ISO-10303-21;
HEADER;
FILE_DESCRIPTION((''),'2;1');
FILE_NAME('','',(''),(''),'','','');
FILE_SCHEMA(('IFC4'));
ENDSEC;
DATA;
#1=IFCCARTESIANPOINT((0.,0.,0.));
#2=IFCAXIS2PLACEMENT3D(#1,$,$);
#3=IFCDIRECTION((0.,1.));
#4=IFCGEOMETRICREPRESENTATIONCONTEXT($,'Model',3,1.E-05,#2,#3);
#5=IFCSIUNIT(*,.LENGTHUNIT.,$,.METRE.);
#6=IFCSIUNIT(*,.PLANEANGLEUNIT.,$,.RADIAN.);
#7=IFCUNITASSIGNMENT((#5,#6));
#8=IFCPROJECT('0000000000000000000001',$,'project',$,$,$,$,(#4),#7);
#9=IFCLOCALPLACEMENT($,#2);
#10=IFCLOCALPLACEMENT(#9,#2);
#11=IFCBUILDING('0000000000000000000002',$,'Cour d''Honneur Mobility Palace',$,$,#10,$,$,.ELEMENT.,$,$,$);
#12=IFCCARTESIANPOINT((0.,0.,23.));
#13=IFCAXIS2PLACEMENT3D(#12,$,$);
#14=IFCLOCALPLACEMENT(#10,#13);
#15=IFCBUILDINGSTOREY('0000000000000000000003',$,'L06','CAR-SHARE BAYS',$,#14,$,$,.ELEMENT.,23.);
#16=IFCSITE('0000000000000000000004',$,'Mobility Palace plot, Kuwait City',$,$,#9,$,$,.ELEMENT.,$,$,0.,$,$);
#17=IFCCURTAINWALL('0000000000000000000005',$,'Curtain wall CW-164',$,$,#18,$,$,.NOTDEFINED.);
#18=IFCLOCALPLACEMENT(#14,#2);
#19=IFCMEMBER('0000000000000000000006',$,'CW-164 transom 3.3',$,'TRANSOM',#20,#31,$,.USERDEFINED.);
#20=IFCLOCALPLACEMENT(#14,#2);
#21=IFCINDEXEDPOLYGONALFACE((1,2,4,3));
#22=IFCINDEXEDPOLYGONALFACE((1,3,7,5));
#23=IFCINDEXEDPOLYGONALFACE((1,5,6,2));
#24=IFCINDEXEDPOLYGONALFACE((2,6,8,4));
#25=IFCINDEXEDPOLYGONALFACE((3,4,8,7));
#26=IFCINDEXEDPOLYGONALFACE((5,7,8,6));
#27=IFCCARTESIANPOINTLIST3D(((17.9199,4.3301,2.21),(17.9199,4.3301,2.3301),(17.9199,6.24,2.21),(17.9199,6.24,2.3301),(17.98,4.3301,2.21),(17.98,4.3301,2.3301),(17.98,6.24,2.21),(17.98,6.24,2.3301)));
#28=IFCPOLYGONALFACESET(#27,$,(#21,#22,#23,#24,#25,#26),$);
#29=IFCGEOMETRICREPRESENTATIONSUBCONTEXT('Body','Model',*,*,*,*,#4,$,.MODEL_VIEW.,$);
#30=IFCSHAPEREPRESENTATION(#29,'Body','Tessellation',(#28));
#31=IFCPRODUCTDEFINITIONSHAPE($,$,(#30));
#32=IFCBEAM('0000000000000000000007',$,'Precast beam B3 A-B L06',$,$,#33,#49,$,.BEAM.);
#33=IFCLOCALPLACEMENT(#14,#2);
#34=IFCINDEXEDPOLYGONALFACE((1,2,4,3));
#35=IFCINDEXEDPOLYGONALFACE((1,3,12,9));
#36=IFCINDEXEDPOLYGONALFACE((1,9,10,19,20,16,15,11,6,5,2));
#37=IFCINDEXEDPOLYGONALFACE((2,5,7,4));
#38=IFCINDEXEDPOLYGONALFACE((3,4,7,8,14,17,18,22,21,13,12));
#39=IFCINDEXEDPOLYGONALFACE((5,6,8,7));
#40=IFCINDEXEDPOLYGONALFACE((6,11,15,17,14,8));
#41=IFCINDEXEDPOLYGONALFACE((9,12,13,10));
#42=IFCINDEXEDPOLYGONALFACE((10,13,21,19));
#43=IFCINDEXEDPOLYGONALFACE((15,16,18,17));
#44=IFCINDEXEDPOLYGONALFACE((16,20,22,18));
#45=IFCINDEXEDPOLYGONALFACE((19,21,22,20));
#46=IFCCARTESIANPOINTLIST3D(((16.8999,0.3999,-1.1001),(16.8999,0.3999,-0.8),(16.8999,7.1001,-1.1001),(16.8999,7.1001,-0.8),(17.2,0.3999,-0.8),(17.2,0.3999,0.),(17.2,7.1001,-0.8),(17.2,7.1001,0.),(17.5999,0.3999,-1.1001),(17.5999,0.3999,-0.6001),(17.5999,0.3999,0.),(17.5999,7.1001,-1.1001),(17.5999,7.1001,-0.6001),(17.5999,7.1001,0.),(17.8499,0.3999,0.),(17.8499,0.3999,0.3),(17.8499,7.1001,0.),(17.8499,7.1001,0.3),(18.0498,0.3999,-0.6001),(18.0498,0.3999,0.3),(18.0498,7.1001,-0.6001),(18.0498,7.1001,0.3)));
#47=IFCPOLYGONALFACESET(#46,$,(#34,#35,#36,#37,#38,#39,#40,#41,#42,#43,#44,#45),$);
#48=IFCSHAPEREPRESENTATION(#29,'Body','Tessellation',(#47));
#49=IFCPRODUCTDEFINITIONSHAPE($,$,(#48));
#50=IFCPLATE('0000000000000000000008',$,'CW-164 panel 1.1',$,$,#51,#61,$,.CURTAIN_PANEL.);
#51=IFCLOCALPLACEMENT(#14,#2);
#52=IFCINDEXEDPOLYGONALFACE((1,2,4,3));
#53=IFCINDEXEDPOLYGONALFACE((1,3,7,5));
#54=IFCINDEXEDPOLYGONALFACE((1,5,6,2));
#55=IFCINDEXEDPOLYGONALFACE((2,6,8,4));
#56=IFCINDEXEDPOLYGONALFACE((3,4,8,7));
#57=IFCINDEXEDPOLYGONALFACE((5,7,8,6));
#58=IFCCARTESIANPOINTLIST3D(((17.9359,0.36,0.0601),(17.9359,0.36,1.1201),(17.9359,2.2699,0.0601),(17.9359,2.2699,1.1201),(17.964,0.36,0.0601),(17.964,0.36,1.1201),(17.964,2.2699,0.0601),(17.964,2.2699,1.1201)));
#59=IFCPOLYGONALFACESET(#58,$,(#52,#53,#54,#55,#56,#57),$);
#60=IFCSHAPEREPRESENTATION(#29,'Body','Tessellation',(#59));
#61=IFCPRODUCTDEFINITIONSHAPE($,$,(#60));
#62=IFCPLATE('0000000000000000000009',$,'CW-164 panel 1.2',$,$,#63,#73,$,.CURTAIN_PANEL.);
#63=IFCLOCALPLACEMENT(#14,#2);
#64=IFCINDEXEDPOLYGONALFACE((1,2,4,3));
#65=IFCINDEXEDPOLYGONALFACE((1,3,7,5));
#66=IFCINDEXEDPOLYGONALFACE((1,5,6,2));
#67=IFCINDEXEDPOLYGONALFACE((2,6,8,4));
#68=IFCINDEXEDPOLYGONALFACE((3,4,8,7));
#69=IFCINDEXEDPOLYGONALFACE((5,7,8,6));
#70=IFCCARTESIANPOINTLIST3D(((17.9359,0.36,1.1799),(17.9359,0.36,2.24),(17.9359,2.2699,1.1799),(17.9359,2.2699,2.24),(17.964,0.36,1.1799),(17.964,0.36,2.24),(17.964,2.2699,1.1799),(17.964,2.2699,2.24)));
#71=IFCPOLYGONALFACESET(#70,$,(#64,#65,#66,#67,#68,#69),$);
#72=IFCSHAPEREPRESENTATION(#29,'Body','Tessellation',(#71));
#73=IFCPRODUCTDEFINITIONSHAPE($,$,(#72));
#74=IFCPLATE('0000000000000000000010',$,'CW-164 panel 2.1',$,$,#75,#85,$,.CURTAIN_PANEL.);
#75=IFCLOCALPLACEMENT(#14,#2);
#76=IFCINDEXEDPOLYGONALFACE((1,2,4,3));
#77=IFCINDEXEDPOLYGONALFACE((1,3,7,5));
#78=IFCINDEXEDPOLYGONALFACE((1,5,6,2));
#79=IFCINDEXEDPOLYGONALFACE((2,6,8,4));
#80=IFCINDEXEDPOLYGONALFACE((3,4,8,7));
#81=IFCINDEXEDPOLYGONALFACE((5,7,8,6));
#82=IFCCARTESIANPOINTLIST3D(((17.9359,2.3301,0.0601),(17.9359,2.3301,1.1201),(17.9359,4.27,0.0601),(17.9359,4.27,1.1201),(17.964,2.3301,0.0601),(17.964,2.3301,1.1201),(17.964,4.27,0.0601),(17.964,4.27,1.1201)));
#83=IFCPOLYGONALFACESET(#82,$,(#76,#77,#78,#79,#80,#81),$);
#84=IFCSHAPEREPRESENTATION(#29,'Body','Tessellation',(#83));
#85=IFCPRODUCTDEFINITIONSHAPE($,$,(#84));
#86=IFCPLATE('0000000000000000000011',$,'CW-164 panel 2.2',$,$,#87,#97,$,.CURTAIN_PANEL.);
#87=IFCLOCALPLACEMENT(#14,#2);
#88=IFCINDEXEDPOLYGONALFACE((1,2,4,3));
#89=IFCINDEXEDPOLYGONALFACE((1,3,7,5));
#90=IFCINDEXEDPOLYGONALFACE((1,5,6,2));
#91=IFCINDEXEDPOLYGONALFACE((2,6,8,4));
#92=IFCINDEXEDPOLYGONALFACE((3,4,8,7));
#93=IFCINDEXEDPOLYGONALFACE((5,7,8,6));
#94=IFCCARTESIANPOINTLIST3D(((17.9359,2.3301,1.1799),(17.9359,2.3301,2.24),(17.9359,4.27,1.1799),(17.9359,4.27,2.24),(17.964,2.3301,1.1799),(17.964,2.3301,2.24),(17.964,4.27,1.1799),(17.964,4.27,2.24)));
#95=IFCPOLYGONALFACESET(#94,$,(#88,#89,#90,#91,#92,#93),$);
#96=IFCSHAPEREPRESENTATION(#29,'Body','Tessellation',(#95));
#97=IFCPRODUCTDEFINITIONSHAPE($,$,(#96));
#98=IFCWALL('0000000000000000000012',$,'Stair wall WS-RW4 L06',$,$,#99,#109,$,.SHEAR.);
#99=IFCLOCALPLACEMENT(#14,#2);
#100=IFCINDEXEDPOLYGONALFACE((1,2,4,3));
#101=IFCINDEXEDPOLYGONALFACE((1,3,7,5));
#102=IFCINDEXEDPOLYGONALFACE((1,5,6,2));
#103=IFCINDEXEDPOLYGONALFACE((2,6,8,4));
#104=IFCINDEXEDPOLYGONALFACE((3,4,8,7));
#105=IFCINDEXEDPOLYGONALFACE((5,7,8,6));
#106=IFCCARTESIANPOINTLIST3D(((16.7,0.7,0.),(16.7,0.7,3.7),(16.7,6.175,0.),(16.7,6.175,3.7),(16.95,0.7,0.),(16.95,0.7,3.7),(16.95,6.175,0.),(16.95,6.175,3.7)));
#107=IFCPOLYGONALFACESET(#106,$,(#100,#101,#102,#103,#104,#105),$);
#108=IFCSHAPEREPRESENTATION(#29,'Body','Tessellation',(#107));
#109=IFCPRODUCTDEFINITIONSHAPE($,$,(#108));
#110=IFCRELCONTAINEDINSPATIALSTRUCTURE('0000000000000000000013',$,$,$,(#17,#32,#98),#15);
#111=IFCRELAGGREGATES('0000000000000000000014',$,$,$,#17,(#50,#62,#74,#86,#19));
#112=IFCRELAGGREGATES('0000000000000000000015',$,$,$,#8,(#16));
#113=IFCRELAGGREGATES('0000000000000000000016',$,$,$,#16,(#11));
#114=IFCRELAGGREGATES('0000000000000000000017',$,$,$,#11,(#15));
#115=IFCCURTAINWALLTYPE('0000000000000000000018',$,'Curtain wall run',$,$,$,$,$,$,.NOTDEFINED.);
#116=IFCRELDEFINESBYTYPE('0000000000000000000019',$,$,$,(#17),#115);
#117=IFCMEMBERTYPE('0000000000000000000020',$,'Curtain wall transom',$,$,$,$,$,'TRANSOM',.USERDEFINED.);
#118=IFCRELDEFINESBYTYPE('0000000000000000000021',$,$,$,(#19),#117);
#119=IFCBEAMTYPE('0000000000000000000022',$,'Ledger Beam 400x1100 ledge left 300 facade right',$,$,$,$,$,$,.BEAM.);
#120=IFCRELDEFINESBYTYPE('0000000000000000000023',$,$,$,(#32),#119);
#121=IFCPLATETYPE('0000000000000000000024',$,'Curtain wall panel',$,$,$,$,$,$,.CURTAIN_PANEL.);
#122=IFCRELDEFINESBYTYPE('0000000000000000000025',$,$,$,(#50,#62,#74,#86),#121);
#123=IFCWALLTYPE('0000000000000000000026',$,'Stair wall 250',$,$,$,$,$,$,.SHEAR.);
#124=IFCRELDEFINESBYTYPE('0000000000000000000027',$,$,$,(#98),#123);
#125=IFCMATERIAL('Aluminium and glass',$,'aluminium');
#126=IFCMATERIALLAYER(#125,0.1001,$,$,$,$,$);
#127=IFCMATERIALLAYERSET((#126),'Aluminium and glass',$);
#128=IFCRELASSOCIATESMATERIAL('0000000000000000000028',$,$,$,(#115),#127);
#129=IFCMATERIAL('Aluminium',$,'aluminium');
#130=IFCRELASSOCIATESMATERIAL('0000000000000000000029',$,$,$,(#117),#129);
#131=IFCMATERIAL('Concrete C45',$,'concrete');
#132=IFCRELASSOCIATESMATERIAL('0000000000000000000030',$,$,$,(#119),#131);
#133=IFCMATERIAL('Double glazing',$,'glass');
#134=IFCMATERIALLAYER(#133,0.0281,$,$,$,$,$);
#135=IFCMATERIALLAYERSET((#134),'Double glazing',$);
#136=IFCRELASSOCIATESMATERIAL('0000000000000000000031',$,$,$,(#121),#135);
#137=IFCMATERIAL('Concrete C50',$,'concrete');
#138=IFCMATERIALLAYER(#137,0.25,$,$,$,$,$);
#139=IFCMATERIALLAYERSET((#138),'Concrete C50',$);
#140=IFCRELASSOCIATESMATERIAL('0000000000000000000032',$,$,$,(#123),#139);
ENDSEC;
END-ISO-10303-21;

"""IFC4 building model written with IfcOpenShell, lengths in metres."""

from ifc_helpers import new_model, si_unit, direction, frame, frame_2d, origin, origin_2d, place, context, subcontext, project, spatial, polyline, rectangle, outline, extrude, material, layer, layer_set, material_profile, profile_set, type_object, element, aggregate, save


model = new_model("IFC4")

# Units and contexts
model_context = context("Model", 3, precision=1e-05, world=origin(), true_north=direction((0.0, 1.0)))
body_context = subcontext(model_context, "Body", "Model", "MODEL_VIEW")
ifc_project = project(units=[si_unit("LENGTHUNIT", "METRE"), si_unit("PLANEANGLEUNIT", "RADIAN")], contexts=[model_context])

# Site, building, storey
site_placement = place(None, origin())
site = spatial("IfcSite", under=ifc_project, at=site_placement, Name="Mobility Palace plot, Kuwait City", CompositionType="ELEMENT", RefElevation=0.0)
building_placement = place(site_placement, origin())
building = spatial("IfcBuilding", under=site, at=building_placement, Name="Cour d'Honneur Mobility Palace", CompositionType="ELEMENT")
storey_placement = place(building_placement, frame((0.0, 0.0, 23.0)))
storey = spatial("IfcBuildingStorey", under=building, at=storey_placement, Name="L06", Description="CAR-SHARE BAYS", CompositionType="ELEMENT", Elevation=23.0)

# Shared definitions
ifc_material_1 = material(Name="Aluminium and glass", Category="aluminium")
ifc_layer_1 = layer(ifc_material_1, 0.1001)
ifc_layer_set_1 = layer_set([ifc_layer_1], Name="Aluminium and glass")
curtain_wall_type = type_object("IfcCurtainWallType", Name="Curtain wall run", PredefinedType="NOTDEFINED", material=ifc_layer_set_1)

# Curtain wall, member
curtain_wall_1_placement = place(storey_placement, origin())
curtain_wall_1 = element("IfcCurtainWall", 1, at=curtain_wall_1_placement, inside=storey, type_object=curtain_wall_type, Name="Curtain wall CW-164", PredefinedType="NOTDEFINED")
ifc_material_2 = material(Name="Aluminium", Category="aluminium")
ifc_material_profile_1 = material_profile(ifc_material_2, rectangle(XDim=0.0601, YDim=0.1201, at=origin_2d()), Name="Curtain wall transom")
ifc_profile_set_1 = profile_set([ifc_material_profile_1], Name="Aluminium")
member_type_1 = type_object("IfcMemberType", Name="Curtain wall transom", ElementType="TRANSOM", PredefinedType="USERDEFINED", material=ifc_profile_set_1)
member_1_placement = place(storey_placement, frame((17.95, 4.3301, 2.27), z_axis=(0.0, 1.0, 0.0), x_axis=(-1.0, 0.0, 0.0)))
member_1 = element("IfcMember", 2, at=member_1_placement, type_object=member_type_1, Name="CW-164 transom 3.3", ObjectType="TRANSOM", PredefinedType="USERDEFINED", context=body_context, shape_type="SweptSolid", body=[
    extrude(rectangle(XDim=0.0601, YDim=0.1201, at=origin_2d()), origin(), (0.0, 0.0, 1.0), 1.9099),
])

# Beam
ifc_material_3 = material(Name="Concrete C45", Category="concrete")
ifc_material_profile_2 = material_profile(ifc_material_3, outline(polyline([(0.5, -1.1001), (0.5, -0.8), (0.2, -0.8), (0.2, 0.0), (-0.2, 0.0), (-0.45, 0.0), (-0.45, 0.3), (-0.6499, 0.3), (-0.6499, -0.6001), (-0.2, -0.6001), (-0.2, -1.1001), (0.5, -1.1001)])), Name="Ledger Beam 400x1100 ledge left 300 facade right")
ifc_profile_set_2 = profile_set([ifc_material_profile_2], Name="Concrete C45")
beam_type = type_object("IfcBeamType", Name="Ledger Beam 400x1100 ledge left 300 facade right", PredefinedType="BEAM", material=ifc_profile_set_2)
beam_placement = place(storey_placement, frame((17.3999, 0.3999, 0.0), z_axis=(0.0, 1.0, 0.0), x_axis=(-1.0, 0.0, 0.0)))
element("IfcBeam", 3, at=beam_placement, inside=storey, type_object=beam_type, Name="Precast beam B3 A-B L06", PredefinedType="BEAM", context=body_context, shape_type="SweptSolid", body=[
    extrude(outline(polyline([(0.5, -1.1001), (0.5, -0.8), (0.2, -0.8), (0.2, 0.0), (-0.2, 0.0), (-0.45, 0.0), (-0.45, 0.3), (-0.6499, 0.3), (-0.6499, -0.6001), (-0.2, -0.6001), (-0.2, -1.1001), (0.5, -1.1001)])), origin(), (0.0, 0.0, 1.0), 6.7002),
])

# Plates
ifc_material_4 = material(Name="Double glazing", Category="glass")
ifc_layer_2 = layer(ifc_material_4, 0.0281)
ifc_layer_set_2 = layer_set([ifc_layer_2], Name="Double glazing")
plate_type = type_object("IfcPlateType", Name="Curtain wall panel", PredefinedType="CURTAIN_PANEL", material=ifc_layer_set_2)
plate_1_placement = place(storey_placement, frame((17.95, 1.3149, 0.0601), z_axis=(0.0, 0.0, 1.0), x_axis=(0.0, 1.0, 0.0)))
plate_1 = element("IfcPlate", 4, at=plate_1_placement, type_object=plate_type, Name="CW-164 panel 1.1", PredefinedType="CURTAIN_PANEL", context=body_context, shape_type="SweptSolid", body=[
    extrude(rectangle(XDim=1.9099, YDim=0.0281, at=origin_2d()), origin(), (0.0, 0.0, 1.0), 1.0601),
])
plate_2_placement = place(storey_placement, frame((17.95, 1.3149, 1.1799), z_axis=(0.0, 0.0, 1.0), x_axis=(0.0, 1.0, 0.0)))
plate_2 = element("IfcPlate", 5, at=plate_2_placement, type_object=plate_type, Name="CW-164 panel 1.2", PredefinedType="CURTAIN_PANEL", context=body_context, shape_type="SweptSolid", body=[
    extrude(rectangle(XDim=1.9099, YDim=0.0281, at=origin_2d()), origin(), (0.0, 0.0, 1.0), 1.0601),
])
plate_3_placement = place(storey_placement, frame((17.95, 3.3, 0.0601), z_axis=(0.0, 0.0, 1.0), x_axis=(0.0, 1.0, 0.0)))
plate_3 = element("IfcPlate", 6, at=plate_3_placement, type_object=plate_type, Name="CW-164 panel 2.1", PredefinedType="CURTAIN_PANEL", context=body_context, shape_type="SweptSolid", body=[
    extrude(rectangle(XDim=1.9399, YDim=0.0281, at=origin_2d()), origin(), (0.0, 0.0, 1.0), 1.0601),
])
plate_4_placement = place(storey_placement, frame((17.95, 3.3, 1.1799), z_axis=(0.0, 0.0, 1.0), x_axis=(0.0, 1.0, 0.0)))
plate_4 = element("IfcPlate", 7, at=plate_4_placement, type_object=plate_type, Name="CW-164 panel 2.2", PredefinedType="CURTAIN_PANEL", context=body_context, shape_type="SweptSolid", body=[
    extrude(rectangle(XDim=1.9399, YDim=0.0281, at=origin_2d()), origin(), (0.0, 0.0, 1.0), 1.0601),
])
aggregate(curtain_wall_1, [plate_1, plate_2, plate_3, plate_4, member_1])

# Wall
ifc_material_5 = material(Name="Concrete C50", Category="concrete")
ifc_layer_3 = layer(ifc_material_5, 0.25)
ifc_layer_set_3 = layer_set([ifc_layer_3], Name="Concrete C50")
wall_type = type_object("IfcWallType", Name="Stair wall 250", PredefinedType="SHEAR", material=ifc_layer_set_3)
wall_placement = place(storey_placement, frame((16.825, 0.7, 0.0), z_axis=(0.0, 0.0, 1.0), x_axis=(0.0, 1.0, 0.0)))
element("IfcWall", 8, at=wall_placement, inside=storey, type_object=wall_type, Name="Stair wall WS-RW4 L06", PredefinedType="SHEAR", context=body_context, shape_type="SweptSolid", body=[
    extrude(rectangle(XDim=5.4751, YDim=0.25, at=frame_2d((2.7375, 0.0))), origin(), (0.0, 0.0, 1.0), 3.7),
])

save(model, "model.ifc")
